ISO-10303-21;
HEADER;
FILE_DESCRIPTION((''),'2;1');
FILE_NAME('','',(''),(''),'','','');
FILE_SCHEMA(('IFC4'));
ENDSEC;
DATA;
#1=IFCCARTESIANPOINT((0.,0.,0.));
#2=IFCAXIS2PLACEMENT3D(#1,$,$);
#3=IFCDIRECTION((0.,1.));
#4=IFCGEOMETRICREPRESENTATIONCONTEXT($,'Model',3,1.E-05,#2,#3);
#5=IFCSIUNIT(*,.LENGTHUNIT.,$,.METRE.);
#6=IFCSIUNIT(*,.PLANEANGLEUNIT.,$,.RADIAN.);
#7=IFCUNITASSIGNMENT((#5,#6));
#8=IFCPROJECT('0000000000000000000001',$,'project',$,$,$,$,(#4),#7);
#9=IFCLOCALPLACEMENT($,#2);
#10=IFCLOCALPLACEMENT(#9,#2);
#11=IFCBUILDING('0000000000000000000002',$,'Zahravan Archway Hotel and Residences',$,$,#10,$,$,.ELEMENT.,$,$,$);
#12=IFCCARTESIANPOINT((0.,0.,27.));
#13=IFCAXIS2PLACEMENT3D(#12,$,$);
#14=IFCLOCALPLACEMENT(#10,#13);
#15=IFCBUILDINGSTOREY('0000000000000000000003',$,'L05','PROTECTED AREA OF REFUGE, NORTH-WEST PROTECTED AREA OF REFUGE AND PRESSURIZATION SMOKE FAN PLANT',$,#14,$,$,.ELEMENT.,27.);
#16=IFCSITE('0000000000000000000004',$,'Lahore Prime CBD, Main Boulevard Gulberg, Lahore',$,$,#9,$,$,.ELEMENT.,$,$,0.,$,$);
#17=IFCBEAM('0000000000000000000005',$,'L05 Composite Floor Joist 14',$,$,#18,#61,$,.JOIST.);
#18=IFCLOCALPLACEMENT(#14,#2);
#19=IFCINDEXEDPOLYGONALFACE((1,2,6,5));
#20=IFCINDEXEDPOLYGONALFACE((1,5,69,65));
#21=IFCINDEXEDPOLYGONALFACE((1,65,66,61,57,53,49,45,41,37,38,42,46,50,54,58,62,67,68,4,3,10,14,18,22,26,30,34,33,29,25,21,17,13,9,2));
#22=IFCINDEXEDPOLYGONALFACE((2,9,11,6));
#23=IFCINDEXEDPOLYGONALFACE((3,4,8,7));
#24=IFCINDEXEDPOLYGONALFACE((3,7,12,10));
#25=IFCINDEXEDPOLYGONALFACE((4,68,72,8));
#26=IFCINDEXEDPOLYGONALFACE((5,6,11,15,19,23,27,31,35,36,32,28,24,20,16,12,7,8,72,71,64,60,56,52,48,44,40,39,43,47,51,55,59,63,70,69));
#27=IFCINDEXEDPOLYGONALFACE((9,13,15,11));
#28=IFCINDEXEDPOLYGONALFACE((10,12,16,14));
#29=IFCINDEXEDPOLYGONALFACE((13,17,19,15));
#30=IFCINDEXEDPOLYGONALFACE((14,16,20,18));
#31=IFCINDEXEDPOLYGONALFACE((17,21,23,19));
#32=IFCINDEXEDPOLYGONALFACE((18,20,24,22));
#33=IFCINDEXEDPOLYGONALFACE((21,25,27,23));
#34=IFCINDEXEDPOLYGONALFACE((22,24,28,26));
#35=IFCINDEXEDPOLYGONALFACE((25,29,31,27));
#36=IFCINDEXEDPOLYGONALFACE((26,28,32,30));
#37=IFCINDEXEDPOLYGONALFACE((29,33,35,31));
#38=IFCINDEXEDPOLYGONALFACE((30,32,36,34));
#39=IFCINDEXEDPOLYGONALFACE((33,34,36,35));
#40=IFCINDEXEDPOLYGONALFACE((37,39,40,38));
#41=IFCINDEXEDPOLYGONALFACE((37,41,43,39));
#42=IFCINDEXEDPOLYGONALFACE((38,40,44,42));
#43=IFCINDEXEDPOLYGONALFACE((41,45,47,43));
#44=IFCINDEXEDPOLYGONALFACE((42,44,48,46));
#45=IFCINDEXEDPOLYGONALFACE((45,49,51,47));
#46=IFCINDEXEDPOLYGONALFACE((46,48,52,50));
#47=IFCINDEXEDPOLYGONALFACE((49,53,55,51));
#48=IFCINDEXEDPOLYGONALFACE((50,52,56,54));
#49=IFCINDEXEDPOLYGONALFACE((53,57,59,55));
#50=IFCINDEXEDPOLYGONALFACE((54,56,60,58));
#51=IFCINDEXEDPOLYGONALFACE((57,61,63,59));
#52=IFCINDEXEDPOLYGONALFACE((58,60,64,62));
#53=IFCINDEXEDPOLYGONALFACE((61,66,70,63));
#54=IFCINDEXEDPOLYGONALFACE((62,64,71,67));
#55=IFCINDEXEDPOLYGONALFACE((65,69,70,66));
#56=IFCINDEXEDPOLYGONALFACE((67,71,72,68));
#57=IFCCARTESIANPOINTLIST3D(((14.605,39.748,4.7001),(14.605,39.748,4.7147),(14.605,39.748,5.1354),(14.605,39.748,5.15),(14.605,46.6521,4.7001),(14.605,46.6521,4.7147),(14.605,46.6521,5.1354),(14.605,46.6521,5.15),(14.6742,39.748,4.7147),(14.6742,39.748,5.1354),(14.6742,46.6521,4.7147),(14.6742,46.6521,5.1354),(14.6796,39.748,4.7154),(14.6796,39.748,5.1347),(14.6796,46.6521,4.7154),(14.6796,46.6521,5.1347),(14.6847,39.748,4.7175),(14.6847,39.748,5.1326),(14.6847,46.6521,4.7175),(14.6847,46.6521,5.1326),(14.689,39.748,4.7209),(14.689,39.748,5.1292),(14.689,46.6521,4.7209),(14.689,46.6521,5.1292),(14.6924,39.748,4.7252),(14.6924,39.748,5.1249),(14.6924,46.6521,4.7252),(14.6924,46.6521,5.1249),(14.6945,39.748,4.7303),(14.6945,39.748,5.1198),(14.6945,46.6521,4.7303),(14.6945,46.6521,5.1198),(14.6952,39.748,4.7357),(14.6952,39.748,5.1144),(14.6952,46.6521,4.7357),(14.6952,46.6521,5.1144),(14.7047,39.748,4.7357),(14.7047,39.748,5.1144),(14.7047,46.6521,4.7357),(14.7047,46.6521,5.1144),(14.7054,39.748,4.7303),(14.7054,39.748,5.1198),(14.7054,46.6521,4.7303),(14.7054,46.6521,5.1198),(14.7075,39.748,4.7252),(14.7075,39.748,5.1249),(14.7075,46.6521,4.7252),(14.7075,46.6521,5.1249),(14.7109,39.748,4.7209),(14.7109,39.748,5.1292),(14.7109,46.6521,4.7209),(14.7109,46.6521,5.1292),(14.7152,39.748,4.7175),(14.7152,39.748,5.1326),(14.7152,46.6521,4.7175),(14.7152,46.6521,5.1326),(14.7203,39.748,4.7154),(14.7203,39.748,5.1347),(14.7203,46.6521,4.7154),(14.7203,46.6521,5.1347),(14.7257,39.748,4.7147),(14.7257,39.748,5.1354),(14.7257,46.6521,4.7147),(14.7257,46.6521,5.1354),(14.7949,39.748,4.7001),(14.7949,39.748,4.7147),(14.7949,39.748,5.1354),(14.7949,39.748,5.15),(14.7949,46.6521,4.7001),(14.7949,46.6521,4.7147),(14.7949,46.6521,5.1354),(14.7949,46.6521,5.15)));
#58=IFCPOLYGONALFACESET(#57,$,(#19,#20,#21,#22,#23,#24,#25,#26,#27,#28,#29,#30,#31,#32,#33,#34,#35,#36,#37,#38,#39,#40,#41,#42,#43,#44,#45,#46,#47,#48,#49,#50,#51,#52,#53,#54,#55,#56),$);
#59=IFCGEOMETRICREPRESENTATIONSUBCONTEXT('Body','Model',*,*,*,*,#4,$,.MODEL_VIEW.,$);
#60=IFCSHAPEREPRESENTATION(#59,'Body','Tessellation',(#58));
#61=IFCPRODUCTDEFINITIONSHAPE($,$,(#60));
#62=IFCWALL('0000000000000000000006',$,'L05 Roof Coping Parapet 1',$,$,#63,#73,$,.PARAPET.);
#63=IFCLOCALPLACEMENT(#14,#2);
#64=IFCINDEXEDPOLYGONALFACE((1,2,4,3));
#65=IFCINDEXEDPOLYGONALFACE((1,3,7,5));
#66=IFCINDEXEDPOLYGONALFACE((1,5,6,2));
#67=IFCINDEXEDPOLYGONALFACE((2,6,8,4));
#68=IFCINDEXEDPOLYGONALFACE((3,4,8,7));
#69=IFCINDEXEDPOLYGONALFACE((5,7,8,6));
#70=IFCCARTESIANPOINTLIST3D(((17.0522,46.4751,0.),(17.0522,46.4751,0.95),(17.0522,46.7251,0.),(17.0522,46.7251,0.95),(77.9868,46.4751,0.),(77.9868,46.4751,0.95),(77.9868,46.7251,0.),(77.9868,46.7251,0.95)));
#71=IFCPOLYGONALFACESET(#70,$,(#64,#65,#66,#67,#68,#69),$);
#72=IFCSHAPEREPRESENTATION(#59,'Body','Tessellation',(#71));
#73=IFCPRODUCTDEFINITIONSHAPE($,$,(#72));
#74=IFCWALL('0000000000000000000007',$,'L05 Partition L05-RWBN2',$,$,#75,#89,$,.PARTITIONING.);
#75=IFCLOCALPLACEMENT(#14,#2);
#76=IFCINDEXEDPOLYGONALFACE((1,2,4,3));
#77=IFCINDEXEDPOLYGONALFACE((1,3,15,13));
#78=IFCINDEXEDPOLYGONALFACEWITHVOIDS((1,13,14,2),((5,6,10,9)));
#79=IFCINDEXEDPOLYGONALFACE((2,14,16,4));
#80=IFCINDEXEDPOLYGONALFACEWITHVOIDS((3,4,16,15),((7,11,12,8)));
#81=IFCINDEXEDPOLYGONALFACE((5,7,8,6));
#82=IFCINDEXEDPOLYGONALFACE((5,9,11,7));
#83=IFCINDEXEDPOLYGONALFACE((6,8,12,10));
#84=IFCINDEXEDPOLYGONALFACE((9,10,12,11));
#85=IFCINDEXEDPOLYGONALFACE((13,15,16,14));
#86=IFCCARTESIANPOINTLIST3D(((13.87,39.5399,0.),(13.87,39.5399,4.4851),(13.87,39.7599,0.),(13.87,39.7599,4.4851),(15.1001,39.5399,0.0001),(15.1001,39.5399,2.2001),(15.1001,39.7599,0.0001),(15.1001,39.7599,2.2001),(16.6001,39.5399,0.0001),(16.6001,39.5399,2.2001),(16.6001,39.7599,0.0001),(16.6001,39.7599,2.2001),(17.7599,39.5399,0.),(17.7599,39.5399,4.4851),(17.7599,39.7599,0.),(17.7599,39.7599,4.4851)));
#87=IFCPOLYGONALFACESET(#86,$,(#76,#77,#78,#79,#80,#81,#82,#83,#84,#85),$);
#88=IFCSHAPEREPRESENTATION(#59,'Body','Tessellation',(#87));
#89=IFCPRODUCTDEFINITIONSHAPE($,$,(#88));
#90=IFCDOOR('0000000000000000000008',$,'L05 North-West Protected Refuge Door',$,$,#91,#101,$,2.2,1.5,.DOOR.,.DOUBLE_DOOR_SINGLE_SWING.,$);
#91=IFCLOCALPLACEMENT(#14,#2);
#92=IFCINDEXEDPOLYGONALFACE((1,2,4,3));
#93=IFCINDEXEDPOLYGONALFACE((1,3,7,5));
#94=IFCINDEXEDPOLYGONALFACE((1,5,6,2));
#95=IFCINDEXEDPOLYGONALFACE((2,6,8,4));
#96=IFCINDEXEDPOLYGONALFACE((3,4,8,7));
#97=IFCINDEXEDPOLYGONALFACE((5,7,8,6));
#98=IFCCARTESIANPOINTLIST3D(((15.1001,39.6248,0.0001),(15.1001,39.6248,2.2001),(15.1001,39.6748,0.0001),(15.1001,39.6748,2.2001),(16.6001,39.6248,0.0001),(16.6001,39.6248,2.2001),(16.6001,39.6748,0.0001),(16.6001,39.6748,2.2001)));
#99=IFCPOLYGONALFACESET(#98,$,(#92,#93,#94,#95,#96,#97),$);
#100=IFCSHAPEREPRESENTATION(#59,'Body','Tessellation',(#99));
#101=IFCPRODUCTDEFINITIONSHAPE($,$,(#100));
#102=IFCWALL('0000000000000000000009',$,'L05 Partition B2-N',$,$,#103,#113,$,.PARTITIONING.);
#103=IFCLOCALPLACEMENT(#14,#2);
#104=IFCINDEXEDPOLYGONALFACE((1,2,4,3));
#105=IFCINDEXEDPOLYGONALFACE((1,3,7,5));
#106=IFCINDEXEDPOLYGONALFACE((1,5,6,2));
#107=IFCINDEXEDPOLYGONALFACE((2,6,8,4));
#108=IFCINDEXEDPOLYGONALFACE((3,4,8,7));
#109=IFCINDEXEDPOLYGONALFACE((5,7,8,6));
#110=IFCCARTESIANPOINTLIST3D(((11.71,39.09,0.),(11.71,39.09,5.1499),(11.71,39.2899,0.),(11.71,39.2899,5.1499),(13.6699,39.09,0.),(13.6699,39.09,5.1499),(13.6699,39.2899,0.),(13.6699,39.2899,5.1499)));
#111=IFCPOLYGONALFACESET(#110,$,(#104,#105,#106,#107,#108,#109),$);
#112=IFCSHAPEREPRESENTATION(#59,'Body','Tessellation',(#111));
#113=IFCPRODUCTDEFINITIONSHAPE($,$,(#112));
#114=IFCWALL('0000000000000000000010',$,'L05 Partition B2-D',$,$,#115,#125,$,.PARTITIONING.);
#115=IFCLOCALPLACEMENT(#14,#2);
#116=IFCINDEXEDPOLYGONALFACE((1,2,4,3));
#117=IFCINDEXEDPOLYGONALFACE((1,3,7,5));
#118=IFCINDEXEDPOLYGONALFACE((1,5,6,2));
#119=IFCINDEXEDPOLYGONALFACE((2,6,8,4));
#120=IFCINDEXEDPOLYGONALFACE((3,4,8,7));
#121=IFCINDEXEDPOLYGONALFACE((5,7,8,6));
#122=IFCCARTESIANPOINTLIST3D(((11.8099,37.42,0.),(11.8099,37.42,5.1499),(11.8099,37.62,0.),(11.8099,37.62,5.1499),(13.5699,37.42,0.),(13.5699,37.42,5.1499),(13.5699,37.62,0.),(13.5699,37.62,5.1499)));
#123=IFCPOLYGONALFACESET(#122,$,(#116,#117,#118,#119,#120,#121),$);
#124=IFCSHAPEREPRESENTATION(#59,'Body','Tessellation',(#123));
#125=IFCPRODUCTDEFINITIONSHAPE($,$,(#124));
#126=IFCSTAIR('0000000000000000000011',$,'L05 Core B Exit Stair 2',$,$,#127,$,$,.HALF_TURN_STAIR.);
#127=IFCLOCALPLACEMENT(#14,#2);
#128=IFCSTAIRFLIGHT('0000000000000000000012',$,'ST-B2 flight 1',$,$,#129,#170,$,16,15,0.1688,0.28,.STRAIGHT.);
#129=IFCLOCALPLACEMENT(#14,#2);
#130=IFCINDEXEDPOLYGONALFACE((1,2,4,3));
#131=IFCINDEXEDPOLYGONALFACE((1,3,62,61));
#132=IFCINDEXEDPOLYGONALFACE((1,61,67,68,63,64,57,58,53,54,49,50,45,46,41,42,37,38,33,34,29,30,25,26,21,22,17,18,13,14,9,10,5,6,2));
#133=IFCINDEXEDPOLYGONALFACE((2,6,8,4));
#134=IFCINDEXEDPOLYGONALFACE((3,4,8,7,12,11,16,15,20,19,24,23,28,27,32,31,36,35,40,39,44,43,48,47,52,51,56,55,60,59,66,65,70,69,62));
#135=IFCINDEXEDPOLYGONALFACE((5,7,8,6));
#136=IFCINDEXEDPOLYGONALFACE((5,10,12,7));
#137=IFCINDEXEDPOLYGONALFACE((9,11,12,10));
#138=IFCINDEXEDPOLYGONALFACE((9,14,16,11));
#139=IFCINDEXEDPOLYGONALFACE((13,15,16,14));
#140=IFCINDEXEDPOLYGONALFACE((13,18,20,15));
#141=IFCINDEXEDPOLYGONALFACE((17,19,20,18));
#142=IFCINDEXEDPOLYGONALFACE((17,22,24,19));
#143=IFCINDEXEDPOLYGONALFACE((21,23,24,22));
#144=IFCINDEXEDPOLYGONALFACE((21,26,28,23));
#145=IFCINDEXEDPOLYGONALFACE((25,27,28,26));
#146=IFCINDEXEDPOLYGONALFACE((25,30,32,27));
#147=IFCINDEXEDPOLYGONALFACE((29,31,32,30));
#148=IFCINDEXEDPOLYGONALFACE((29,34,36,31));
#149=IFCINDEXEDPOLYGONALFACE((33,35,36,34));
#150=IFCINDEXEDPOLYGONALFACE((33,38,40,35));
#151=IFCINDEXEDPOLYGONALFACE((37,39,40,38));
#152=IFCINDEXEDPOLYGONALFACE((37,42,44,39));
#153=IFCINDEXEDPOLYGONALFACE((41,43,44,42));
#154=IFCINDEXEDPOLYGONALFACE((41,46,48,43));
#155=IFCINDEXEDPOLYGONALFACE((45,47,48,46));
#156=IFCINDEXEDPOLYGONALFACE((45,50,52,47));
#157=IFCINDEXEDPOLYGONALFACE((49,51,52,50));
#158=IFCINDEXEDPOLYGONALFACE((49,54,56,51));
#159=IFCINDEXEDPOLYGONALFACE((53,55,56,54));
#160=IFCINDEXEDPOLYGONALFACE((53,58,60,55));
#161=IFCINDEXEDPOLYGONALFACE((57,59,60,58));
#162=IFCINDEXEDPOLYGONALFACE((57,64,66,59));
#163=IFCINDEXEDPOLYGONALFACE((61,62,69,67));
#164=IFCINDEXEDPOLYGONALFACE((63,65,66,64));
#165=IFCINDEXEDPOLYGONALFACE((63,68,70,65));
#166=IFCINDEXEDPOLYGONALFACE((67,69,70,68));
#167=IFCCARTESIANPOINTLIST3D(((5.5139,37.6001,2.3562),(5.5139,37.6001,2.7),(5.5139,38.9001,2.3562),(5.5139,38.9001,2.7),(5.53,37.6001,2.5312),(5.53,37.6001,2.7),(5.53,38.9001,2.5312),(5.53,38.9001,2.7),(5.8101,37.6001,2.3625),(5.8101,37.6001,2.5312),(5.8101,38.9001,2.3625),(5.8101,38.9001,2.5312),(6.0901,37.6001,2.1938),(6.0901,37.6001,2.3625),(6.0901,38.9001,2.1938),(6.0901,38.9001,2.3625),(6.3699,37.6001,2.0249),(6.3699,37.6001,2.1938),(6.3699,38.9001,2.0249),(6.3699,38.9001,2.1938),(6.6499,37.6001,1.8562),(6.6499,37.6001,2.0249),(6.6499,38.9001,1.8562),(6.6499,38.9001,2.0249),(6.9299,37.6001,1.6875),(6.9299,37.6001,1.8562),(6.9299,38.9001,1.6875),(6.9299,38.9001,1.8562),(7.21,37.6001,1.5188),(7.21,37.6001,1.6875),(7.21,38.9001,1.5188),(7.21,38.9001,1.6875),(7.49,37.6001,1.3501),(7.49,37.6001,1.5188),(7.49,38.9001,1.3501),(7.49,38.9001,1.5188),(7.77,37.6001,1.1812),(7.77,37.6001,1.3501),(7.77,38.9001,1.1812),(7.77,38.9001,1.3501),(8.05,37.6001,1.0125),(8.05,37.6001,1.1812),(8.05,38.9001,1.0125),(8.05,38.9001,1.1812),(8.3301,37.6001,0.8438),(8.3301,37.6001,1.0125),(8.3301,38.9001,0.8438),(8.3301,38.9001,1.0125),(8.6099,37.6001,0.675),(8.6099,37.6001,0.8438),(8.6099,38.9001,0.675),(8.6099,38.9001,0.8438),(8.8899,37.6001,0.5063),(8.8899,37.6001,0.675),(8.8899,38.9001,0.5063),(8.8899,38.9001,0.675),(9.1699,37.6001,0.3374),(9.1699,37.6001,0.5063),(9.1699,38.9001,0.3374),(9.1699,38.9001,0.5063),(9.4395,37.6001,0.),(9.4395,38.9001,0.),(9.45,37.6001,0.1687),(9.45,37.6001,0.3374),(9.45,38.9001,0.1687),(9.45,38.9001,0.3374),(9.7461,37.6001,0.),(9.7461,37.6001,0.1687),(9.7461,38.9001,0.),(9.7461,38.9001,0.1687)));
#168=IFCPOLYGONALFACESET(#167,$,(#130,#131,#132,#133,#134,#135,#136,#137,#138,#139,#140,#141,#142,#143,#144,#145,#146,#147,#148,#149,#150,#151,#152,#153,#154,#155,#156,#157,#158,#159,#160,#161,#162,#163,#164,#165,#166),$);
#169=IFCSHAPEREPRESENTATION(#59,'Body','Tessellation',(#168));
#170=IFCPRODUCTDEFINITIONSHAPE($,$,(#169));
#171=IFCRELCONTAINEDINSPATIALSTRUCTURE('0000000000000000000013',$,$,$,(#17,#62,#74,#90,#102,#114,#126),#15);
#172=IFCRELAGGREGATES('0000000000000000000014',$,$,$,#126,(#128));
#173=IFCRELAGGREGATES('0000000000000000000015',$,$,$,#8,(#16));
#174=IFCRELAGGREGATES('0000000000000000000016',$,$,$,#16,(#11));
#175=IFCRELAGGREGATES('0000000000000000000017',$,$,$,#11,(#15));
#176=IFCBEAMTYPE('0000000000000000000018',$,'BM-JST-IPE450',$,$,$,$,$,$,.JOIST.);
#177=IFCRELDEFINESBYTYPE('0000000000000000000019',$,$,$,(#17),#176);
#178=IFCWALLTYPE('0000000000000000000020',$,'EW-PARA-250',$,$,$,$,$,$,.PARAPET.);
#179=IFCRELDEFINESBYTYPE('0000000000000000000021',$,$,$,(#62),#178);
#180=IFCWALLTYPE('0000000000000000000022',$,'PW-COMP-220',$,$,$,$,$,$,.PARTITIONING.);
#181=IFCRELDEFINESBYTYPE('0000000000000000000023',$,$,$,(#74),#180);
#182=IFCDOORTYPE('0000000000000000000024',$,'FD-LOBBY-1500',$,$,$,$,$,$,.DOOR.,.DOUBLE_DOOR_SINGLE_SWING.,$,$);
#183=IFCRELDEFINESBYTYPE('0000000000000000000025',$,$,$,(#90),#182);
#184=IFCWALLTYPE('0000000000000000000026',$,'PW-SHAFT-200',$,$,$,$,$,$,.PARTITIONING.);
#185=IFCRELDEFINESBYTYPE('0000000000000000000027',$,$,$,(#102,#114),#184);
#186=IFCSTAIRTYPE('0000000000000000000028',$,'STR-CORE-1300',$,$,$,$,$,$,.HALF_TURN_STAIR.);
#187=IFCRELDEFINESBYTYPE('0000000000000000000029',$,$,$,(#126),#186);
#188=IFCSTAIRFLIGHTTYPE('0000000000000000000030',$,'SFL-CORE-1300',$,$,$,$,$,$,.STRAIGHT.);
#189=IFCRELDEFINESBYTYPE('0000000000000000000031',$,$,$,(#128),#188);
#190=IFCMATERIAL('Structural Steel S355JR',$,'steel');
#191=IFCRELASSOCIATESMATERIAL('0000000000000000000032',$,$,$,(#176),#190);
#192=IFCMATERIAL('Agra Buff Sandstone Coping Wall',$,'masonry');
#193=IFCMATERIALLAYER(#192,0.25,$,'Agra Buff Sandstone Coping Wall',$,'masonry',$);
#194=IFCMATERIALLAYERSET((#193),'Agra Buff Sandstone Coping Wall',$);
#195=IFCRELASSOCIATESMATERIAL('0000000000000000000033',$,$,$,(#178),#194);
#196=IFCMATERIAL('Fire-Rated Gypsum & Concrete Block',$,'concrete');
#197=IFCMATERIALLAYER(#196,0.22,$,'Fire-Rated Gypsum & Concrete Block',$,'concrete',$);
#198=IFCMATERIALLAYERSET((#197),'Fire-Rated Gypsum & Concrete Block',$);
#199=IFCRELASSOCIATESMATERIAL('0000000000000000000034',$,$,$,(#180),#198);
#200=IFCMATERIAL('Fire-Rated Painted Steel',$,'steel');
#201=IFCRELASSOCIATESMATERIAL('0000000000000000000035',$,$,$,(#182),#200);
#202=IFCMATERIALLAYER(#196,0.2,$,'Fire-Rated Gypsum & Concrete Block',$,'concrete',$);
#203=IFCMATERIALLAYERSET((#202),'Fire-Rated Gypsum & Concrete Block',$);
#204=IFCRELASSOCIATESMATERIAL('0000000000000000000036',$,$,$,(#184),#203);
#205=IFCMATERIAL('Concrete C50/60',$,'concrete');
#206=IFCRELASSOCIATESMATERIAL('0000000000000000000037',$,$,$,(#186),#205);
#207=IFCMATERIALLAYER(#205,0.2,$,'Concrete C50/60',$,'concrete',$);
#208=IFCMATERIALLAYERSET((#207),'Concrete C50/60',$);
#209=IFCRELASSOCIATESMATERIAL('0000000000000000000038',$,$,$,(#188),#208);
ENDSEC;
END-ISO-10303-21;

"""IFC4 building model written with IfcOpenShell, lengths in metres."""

from ifc_helpers import new_model, si_unit, direction, frame, frame_2d, origin, origin_2d, place, context, subcontext, project, spatial, polyline, rectangle, i_section, outline, extrude, source, transform, mapped, material, layer, layer_set, material_profile, profile_set, type_object, type_shapes, element, fill, aggregate, save


model = new_model("IFC4")

# Units and contexts
model_context = context("Model", 3, precision=1e-05, world=origin(), true_north=direction((0.0, 1.0)))
body_context = subcontext(model_context, "Body", "Model", "MODEL_VIEW")
ifc_project = project(units=[si_unit("LENGTHUNIT", "METRE"), si_unit("PLANEANGLEUNIT", "RADIAN")], contexts=[model_context])

# Site, building, storey
site_placement = place(None, origin())
site = spatial("IfcSite", under=ifc_project, at=site_placement, Name="Lahore Prime CBD, Main Boulevard Gulberg, Lahore", CompositionType="ELEMENT", RefElevation=0.0)
building_placement = place(site_placement, origin())
building = spatial("IfcBuilding", under=site, at=building_placement, Name="Zahravan Archway Hotel and Residences", CompositionType="ELEMENT")
storey_placement = place(building_placement, frame((0.0, 0.0, 27.0)))
storey = spatial("IfcBuildingStorey", under=building, at=storey_placement, Name="L05", Description="PROTECTED AREA OF REFUGE, NORTH-WEST PROTECTED AREA OF REFUGE AND PRESSURIZATION SMOKE FAN PLANT", CompositionType="ELEMENT", Elevation=27.0)

# Beam
ifc_material_1 = material(Name="Structural Steel S355JR", Category="steel")
ifc_material_profile_1 = material_profile(ifc_material_1, i_section(OverallWidth=0.1899, OverallDepth=0.45, WebThickness=0.0095, FlangeThickness=0.0146, FilletRadius=0.021, at=origin_2d()), Name="IPE 450", Category="steel")
ifc_profile_set_1 = profile_set([ifc_material_profile_1], Name="Structural Steel S355JR")
beam_type_1 = type_object("IfcBeamType", Name="BM-JST-IPE450", PredefinedType="JOIST", material=ifc_profile_set_1)
shared_shape_1 = source(origin(), body_context, "Body", "SweptSolid", [
    extrude(i_section(OverallWidth=0.1899, OverallDepth=0.45, WebThickness=0.0095, FlangeThickness=0.0146, FilletRadius=0.021, at=origin_2d()), origin(), (0.0, 0.0, 1.0), 6.9041),
])
type_shapes(beam_type_1, [shared_shape_1])
beam_1_placement = place(storey_placement, frame((14.7, 39.748, 4.925), z_axis=(0.0, 1.0, 0.0), x_axis=(-1.0, 0.0, 0.0)))
element("IfcBeam", 1, at=beam_1_placement, inside=storey, type_object=beam_type_1, Name="L05 Composite Floor Joist 14", PredefinedType="JOIST", context=body_context, shape_type="MappedRepresentation", body=[
    mapped(shared_shape_1, transform((0.0, 0.0, 0.0), scale=1.0)),
])

# Wall
ifc_material_2 = material(Name="Agra Buff Sandstone Coping Wall", Category="masonry")
ifc_layer_1 = layer(ifc_material_2, 0.25, Name="Agra Buff Sandstone Coping Wall", Category="masonry")
ifc_layer_set_1 = layer_set([ifc_layer_1], Name="Agra Buff Sandstone Coping Wall")
wall_type_1 = type_object("IfcWallType", Name="EW-PARA-250", PredefinedType="PARAPET", material=ifc_layer_set_1)
wall_1_placement = place(storey_placement, frame((17.0522, 46.6001, 0.0), z_axis=(0.0, 0.0, 1.0), x_axis=(1.0, 0.0, 0.0)))
element("IfcWall", 2, at=wall_1_placement, inside=storey, type_object=wall_type_1, Name="L05 Roof Coping Parapet 1", PredefinedType="PARAPET", context=body_context, shape_type="SweptSolid", body=[
    extrude(rectangle(XDim=60.9346, YDim=0.25, at=frame_2d((30.4673, 0.0))), origin(), (0.0, 0.0, 1.0), 0.95),
])

# Wall, opening, door
ifc_material_3 = material(Name="Fire-Rated Gypsum & Concrete Block", Category="concrete")
ifc_layer_2 = layer(ifc_material_3, 0.22, Name="Fire-Rated Gypsum & Concrete Block", Category="concrete")
ifc_layer_set_2 = layer_set([ifc_layer_2], Name="Fire-Rated Gypsum & Concrete Block")
wall_type_2 = type_object("IfcWallType", Name="PW-COMP-220", PredefinedType="PARTITIONING", material=ifc_layer_set_2)
wall_2_placement = place(storey_placement, frame((13.8701, 39.6499, 0.0), z_axis=(0.0, 0.0, 1.0), x_axis=(1.0, 0.0, 0.0)))
wall_2 = element("IfcWall", 3, at=wall_2_placement, inside=storey, type_object=wall_type_2, Name="L05 Partition L05-RWBN2", PredefinedType="PARTITIONING", context=body_context, shape_type="SweptSolid", body=[
    extrude(rectangle(XDim=3.8899, YDim=0.22, at=frame_2d((1.9448, 0.0))), origin(), (0.0, 0.0, 1.0), 4.4851),
])
opening_placement = place(wall_2_placement, frame((1.23, 0.0, 0.0)))
opening = element("IfcOpeningElement", 4, at=opening_placement, cuts=wall_2, PredefinedType="OPENING", context=body_context, shape_type="SweptSolid", body=[
    extrude(rectangle(XDim=1.5, YDim=2.2, at=frame_2d((0.75, 1.1001))), frame((0.0, 0.1201, 0.0), z_axis=(0.0, -1.0, 0.0), x_axis=(1.0, 0.0, 0.0)), (0.0, 0.0, 1.0), 0.24),
])
ifc_material_4 = material(Name="Fire-Rated Painted Steel", Category="steel")
door_type = type_object("IfcDoorType", Name="FD-LOBBY-1500", OperationType="DOUBLE_DOOR_SINGLE_SWING", PredefinedType="DOOR", material=ifc_material_4)
shared_shape_2 = source(origin(), body_context, "Body", "SweptSolid", [
    extrude(rectangle(XDim=1.5, YDim=2.2, at=frame_2d((0.75, 1.1001))), frame((0.0, 0.0249, 0.0), z_axis=(0.0, -1.0, 0.0), x_axis=(1.0, 0.0, 0.0)), (0.0, 0.0, 1.0), 0.05),
])
type_shapes(door_type, [shared_shape_2])
door_placement = place(opening_placement, origin())
door = element("IfcDoor", 5, at=door_placement, inside=storey, type_object=door_type, Name="L05 North-West Protected Refuge Door", OperationType="DOUBLE_DOOR_SINGLE_SWING", OverallHeight=2.2, OverallWidth=1.5, PredefinedType="DOOR", context=body_context, shape_type="MappedRepresentation", body=[
    mapped(shared_shape_2, transform((0.0, 0.0, 0.0), scale=1.0)),
])
fill(opening, door)

# Walls
ifc_layer_3 = layer(ifc_material_3, 0.2, Name="Fire-Rated Gypsum & Concrete Block", Category="concrete")
ifc_layer_set_3 = layer_set([ifc_layer_3], Name="Fire-Rated Gypsum & Concrete Block")
wall_type_3 = type_object("IfcWallType", Name="PW-SHAFT-200", PredefinedType="PARTITIONING", material=ifc_layer_set_3)
wall_3_placement = place(storey_placement, frame((11.71, 39.1899, 0.0), z_axis=(0.0, 0.0, 1.0), x_axis=(1.0, 0.0, 0.0)))
element("IfcWall", 6, at=wall_3_placement, inside=storey, type_object=wall_type_3, Name="L05 Partition B2-N", PredefinedType="PARTITIONING", context=body_context, shape_type="SweptSolid", body=[
    extrude(rectangle(XDim=1.96, YDim=0.2, at=frame_2d((0.98, 0.0))), origin(), (0.0, 0.0, 1.0), 5.1499),
])
wall_4_placement = place(storey_placement, frame((11.8101, 37.52, 0.0), z_axis=(0.0, 0.0, 1.0), x_axis=(1.0, 0.0, 0.0)))
element("IfcWall", 7, at=wall_4_placement, inside=storey, type_object=wall_type_3, Name="L05 Partition B2-D", PredefinedType="PARTITIONING", context=body_context, shape_type="SweptSolid", body=[
    extrude(rectangle(XDim=1.76, YDim=0.2, at=frame_2d((0.8799, 0.0))), origin(), (0.0, 0.0, 1.0), 5.1499),
])

# Stair, stair flight
ifc_material_5 = material(Name="Concrete C50/60", Category="concrete")
stair_type = type_object("IfcStairType", Name="STR-CORE-1300", PredefinedType="HALF_TURN_STAIR", material=ifc_material_5)
stair_placement = place(storey_placement, origin())
stair = element("IfcStair", 8, at=stair_placement, inside=storey, type_object=stair_type, Name="L05 Core B Exit Stair 2", PredefinedType="HALF_TURN_STAIR")
ifc_layer_4 = layer(ifc_material_5, 0.2, Name="Concrete C50/60", Category="concrete")
ifc_layer_set_4 = layer_set([ifc_layer_4], Name="Concrete C50/60")
stair_flight_type = type_object("IfcStairFlightType", Name="SFL-CORE-1300", PredefinedType="STRAIGHT", material=ifc_layer_set_4)
shared_shape_3 = source(origin(), body_context, "Body", "SweptSolid", [
    extrude(outline(polyline([(-0.0161, 0.0), (-0.0161, 0.1687), (0.28, 0.1687), (0.28, 0.3374), (0.5601, 0.3374), (0.5601, 0.5063), (0.8401, 0.5063), (0.8401, 0.675), (1.1201, 0.675), (1.1201, 0.8438), (1.3999, 0.8438), (1.3999, 1.0125), (1.6799, 1.0125), (1.6799, 1.1812), (1.96, 1.1812), (1.96, 1.3501), (2.24, 1.3501), (2.24, 1.5188), (2.52, 1.5188), (2.52, 1.6875), (2.8, 1.6875), (2.8, 1.8562), (3.0801, 1.8562), (3.0801, 2.0249), (3.3601, 2.0249), (3.3601, 2.1938), (3.6399, 2.1938), (3.6399, 2.3625), (3.9199, 2.3625), (3.9199, 2.5312), (4.2, 2.5312), (4.2, 2.7), (4.2161, 2.7), (4.2161, 2.3562), (0.2905, 0.0), (-0.0161, 0.0)])), frame((0.0, 0.6499, 0.0), z_axis=(0.0, -1.0, 0.0), x_axis=(1.0, 0.0, 0.0)), (0.0, 0.0, 1.0), 1.3),
])
stair_flight_placement = place(storey_placement, frame((9.73, 38.25, 0.0), z_axis=(0.0, 0.0, 1.0), x_axis=(-1.0, 0.0, 0.0)))
stair_flight = element("IfcStairFlight", 9, at=stair_flight_placement, type_object=stair_flight_type, Name="ST-B2 flight 1", NumberOfRisers=16, NumberOfTreads=15, PredefinedType="STRAIGHT", RiserHeight=0.1688, TreadLength=0.28, context=body_context, shape_type="MappedRepresentation", body=[
    mapped(shared_shape_3, transform((0.0, 0.0, 0.0), scale=1.0)),
])
aggregate(stair, [stair_flight])

save(model, "model.ifc")
